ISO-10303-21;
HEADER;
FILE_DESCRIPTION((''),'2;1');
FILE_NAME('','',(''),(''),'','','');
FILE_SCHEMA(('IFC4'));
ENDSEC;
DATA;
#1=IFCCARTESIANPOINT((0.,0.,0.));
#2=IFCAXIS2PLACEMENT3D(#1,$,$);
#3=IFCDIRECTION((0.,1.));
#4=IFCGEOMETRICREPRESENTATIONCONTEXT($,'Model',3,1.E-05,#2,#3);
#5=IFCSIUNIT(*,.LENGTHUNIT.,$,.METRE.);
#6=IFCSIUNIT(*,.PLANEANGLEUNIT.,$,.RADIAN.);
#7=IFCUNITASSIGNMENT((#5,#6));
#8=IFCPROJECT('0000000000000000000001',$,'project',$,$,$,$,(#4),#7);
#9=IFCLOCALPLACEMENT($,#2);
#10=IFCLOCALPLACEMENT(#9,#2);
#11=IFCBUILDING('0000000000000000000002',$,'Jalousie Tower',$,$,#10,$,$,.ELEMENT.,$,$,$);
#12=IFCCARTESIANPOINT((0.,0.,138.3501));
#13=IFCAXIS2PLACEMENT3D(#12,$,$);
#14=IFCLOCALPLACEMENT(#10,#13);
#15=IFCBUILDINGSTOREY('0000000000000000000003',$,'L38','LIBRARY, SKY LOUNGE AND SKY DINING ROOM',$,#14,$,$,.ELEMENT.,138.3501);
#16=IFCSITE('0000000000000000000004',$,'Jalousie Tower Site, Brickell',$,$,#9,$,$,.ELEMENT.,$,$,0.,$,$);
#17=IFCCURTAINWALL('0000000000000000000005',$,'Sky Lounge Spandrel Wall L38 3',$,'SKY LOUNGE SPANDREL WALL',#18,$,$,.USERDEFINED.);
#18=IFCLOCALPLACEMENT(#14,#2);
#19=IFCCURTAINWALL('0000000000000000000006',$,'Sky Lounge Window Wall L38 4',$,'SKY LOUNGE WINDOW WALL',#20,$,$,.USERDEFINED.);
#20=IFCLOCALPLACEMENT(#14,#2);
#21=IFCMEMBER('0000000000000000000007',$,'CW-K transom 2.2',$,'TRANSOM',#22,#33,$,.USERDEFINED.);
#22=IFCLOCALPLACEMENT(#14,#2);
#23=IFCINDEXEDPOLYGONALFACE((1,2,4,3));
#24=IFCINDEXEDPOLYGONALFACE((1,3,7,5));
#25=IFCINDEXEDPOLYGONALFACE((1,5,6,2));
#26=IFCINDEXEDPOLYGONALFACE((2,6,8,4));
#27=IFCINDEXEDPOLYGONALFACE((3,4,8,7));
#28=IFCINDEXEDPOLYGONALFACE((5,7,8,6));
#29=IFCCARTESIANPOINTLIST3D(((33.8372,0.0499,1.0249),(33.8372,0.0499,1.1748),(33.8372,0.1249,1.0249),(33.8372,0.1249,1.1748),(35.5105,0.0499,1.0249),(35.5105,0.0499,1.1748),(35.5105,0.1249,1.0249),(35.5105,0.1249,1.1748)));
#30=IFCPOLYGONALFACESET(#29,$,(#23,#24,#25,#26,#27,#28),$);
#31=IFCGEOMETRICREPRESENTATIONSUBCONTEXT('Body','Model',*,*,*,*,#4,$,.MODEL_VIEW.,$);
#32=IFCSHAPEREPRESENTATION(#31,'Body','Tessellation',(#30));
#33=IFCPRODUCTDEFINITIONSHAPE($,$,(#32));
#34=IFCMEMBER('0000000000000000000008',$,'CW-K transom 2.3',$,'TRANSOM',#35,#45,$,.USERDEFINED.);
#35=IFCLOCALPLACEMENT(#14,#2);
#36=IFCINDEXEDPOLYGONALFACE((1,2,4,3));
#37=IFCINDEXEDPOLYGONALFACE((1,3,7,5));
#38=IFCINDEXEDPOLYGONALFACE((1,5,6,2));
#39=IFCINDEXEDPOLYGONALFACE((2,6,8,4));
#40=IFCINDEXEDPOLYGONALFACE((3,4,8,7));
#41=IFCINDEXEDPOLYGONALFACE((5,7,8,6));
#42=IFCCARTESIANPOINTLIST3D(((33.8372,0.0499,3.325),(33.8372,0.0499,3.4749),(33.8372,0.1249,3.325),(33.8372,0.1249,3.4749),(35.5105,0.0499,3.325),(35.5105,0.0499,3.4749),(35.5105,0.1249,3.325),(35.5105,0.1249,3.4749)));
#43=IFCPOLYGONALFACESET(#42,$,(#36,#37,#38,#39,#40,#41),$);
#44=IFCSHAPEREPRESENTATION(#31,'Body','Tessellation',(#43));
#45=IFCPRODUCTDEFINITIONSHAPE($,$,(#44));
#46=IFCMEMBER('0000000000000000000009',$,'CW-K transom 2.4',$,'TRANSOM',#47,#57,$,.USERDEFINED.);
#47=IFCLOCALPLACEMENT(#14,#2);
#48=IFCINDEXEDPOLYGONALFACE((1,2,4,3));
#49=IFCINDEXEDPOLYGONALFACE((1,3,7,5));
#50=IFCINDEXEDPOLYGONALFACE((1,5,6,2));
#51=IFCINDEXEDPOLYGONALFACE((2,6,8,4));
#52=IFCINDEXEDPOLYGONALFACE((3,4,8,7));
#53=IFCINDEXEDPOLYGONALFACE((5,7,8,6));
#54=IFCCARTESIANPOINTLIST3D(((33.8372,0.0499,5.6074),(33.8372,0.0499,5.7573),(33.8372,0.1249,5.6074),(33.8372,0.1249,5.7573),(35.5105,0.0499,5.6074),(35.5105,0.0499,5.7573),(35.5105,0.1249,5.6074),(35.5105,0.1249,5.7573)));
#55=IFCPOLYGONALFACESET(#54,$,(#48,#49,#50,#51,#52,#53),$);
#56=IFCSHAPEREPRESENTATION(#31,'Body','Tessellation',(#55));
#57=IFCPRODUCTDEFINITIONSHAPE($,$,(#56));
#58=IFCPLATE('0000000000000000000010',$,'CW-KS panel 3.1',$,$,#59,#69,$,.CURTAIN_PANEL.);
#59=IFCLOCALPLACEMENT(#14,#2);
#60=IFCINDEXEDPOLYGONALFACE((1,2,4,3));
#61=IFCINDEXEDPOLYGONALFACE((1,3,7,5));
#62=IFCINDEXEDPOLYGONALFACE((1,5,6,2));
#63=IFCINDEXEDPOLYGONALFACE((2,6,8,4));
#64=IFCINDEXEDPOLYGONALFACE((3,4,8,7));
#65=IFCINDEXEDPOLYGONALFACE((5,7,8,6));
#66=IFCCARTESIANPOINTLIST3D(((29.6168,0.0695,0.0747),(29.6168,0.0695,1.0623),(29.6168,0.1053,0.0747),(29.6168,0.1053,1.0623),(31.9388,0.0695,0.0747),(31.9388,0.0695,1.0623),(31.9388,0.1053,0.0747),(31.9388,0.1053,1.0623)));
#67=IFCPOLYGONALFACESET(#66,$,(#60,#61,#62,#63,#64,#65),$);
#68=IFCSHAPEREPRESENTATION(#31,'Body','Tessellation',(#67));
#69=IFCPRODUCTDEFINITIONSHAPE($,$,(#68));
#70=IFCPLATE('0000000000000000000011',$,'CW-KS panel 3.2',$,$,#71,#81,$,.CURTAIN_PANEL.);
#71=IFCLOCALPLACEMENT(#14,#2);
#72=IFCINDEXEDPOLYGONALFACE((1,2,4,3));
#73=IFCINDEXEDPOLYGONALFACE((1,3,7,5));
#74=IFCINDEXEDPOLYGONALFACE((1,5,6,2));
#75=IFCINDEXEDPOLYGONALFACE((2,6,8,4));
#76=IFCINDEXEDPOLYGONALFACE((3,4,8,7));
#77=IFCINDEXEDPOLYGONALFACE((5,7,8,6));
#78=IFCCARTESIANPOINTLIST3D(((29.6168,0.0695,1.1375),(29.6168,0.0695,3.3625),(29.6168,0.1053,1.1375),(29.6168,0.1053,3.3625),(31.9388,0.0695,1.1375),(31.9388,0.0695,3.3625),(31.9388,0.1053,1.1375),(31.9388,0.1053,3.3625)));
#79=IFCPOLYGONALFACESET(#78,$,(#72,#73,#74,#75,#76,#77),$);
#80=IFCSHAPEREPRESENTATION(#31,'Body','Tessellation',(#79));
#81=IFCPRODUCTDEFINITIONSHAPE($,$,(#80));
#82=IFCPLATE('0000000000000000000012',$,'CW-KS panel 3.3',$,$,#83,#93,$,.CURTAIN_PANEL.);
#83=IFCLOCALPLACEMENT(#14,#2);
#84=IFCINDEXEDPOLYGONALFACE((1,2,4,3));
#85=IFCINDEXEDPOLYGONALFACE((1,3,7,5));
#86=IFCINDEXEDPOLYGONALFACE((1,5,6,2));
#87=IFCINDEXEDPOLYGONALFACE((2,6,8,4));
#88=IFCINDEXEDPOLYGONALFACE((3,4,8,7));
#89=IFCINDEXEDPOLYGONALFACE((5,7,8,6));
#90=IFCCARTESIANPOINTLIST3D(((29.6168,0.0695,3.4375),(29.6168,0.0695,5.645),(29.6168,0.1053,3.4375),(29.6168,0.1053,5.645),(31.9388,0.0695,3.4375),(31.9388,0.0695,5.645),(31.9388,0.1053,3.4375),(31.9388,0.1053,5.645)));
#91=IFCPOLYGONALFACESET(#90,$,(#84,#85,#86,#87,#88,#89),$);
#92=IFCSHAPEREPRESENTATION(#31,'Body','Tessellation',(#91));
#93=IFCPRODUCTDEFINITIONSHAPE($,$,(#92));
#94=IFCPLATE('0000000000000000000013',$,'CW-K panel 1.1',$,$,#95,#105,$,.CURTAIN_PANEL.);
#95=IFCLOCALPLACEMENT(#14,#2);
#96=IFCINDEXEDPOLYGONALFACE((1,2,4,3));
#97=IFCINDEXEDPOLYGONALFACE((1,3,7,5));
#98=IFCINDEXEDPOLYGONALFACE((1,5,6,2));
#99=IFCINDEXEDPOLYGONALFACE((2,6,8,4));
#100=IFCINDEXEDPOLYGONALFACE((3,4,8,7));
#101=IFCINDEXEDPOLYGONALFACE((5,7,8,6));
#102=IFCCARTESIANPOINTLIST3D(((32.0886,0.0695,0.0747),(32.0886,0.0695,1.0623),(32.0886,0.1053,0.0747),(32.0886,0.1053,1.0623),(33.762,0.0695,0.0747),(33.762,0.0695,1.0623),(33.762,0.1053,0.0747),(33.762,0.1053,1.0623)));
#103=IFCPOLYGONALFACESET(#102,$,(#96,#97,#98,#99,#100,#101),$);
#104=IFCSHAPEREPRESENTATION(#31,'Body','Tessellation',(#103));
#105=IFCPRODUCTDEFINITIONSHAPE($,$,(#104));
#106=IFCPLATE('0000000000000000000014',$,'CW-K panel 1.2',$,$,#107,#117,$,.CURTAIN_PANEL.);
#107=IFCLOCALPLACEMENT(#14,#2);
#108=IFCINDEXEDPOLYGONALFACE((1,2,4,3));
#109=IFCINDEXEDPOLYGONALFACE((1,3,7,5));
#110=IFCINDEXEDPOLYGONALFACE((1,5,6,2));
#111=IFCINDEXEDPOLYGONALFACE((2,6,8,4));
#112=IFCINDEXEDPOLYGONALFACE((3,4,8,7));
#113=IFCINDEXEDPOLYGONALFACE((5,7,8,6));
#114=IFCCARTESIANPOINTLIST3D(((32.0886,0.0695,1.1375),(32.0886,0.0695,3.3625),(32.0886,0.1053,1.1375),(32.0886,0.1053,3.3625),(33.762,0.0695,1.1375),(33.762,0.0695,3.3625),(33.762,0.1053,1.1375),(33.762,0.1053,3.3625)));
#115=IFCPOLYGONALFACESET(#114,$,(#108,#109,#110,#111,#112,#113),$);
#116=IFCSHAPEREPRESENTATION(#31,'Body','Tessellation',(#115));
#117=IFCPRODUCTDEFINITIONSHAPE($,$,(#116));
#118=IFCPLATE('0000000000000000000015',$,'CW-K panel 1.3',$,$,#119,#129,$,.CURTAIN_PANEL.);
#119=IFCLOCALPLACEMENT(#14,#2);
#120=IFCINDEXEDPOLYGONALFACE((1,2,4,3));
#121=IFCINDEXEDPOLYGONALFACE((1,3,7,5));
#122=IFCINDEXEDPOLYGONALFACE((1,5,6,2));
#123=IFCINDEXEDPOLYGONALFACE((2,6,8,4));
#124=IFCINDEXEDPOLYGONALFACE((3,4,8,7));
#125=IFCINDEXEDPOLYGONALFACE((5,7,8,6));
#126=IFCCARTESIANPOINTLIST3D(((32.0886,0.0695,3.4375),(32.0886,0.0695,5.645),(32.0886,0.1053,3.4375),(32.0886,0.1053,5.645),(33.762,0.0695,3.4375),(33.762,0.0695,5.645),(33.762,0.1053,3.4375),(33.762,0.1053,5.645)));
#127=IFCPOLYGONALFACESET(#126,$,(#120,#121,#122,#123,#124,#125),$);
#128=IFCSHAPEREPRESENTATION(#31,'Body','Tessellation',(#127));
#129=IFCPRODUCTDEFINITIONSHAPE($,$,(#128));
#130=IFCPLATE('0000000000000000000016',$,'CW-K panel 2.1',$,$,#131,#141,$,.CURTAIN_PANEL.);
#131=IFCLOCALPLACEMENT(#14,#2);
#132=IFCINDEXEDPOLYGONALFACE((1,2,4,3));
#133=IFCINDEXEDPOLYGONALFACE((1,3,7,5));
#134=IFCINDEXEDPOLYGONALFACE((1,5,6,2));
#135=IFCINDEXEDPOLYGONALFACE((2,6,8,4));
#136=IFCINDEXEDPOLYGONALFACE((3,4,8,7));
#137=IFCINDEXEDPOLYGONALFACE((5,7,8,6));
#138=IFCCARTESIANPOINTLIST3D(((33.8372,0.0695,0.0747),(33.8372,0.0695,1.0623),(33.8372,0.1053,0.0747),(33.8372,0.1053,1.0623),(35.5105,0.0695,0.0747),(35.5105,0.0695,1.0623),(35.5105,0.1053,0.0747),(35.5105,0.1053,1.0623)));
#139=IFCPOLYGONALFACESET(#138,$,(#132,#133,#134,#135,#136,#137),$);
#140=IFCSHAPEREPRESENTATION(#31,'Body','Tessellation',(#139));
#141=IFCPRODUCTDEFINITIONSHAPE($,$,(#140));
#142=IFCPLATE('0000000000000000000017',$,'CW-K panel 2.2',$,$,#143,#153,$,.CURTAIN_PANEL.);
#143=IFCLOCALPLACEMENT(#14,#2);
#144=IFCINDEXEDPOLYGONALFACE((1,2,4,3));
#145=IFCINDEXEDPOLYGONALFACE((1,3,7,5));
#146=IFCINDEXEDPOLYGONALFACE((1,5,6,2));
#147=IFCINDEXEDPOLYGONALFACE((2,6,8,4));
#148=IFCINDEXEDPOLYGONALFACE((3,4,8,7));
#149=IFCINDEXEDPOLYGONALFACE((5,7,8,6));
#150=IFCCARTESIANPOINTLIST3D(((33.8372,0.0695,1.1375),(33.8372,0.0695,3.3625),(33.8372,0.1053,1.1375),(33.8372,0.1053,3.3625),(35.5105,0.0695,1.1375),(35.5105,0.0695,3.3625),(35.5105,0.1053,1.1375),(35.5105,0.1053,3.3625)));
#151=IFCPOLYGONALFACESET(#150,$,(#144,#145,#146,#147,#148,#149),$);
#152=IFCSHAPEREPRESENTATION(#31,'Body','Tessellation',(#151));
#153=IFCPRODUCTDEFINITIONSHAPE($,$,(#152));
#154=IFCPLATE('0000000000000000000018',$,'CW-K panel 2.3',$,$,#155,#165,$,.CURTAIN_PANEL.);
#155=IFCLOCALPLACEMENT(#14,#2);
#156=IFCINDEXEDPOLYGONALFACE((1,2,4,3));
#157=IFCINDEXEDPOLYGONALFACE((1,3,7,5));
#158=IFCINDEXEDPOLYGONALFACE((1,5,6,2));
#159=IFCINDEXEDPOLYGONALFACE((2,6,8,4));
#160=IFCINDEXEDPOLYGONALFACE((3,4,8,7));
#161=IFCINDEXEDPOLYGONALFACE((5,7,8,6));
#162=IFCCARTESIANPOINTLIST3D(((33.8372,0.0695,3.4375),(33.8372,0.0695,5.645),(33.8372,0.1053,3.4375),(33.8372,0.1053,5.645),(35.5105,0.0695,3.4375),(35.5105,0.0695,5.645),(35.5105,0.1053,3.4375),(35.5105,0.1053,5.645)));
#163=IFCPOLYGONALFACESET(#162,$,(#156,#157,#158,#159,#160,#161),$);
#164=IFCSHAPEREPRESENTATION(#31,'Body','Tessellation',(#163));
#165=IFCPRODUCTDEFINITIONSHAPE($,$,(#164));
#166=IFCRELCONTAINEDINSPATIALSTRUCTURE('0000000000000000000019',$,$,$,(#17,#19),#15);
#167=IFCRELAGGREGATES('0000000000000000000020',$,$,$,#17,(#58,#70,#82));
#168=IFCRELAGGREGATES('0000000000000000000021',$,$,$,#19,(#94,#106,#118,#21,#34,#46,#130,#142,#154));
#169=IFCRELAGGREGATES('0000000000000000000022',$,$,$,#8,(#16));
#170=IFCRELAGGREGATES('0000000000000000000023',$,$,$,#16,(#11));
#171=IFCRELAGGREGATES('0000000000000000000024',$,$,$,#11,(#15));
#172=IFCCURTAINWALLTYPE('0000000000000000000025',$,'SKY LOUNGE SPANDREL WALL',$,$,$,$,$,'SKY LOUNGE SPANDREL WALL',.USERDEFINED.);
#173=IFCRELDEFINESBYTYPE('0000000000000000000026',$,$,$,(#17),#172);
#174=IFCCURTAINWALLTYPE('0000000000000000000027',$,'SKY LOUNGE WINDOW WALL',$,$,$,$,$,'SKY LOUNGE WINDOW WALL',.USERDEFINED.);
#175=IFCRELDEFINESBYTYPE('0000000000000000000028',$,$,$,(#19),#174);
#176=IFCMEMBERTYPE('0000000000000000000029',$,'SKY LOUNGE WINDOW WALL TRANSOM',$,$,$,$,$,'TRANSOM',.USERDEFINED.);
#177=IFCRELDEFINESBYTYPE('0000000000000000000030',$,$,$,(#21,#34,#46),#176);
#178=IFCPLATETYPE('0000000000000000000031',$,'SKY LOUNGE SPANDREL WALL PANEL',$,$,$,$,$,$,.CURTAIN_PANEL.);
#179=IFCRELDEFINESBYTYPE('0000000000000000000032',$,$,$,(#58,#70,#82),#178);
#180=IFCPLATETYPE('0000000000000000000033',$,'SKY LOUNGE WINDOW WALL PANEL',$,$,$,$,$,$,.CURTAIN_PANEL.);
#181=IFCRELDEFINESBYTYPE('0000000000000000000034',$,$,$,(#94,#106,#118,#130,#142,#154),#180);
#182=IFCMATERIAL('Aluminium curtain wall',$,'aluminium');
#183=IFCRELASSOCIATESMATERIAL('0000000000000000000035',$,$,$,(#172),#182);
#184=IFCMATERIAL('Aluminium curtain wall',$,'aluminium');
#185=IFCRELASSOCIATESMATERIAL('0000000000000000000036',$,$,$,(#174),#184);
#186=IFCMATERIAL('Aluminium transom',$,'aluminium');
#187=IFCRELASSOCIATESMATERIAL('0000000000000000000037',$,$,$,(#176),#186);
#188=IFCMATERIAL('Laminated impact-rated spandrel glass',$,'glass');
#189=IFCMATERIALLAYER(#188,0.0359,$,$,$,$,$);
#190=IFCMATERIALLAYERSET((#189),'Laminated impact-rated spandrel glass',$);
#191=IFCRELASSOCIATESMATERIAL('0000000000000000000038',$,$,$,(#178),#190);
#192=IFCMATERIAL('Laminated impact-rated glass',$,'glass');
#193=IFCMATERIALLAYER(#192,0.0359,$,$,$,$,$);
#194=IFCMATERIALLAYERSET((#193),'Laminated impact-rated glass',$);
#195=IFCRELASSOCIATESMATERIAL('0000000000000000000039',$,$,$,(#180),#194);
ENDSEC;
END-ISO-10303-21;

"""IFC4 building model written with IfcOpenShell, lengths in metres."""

from ifc_helpers import new_model, si_unit, direction, frame, origin, origin_2d, place, context, subcontext, project, spatial, rectangle, extrude, material, layer, layer_set, material_profile, profile_set, type_object, element, aggregate, save


model = new_model("IFC4")

# Units and contexts
model_context = context("Model", 3, precision=1e-05, world=origin(), true_north=direction((0.0, 1.0)))
body_context = subcontext(model_context, "Body", "Model", "MODEL_VIEW")
ifc_project = project(units=[si_unit("LENGTHUNIT", "METRE"), si_unit("PLANEANGLEUNIT", "RADIAN")], contexts=[model_context])

# Site, building, storey
site_placement = place(None, origin())
site = spatial("IfcSite", under=ifc_project, at=site_placement, Name="Jalousie Tower Site, Brickell", CompositionType="ELEMENT", RefElevation=0.0)
building_placement = place(site_placement, origin())
building = spatial("IfcBuilding", under=site, at=building_placement, Name="Jalousie Tower", CompositionType="ELEMENT")
storey_placement = place(building_placement, frame((0.0, 0.0, 138.3501)))
storey = spatial("IfcBuildingStorey", under=building, at=storey_placement, Name="L38", Description="LIBRARY, SKY LOUNGE AND SKY DINING ROOM", CompositionType="ELEMENT", Elevation=138.3501)

# Curtain walls, members
ifc_material_1 = material(Name="Aluminium curtain wall", Category="aluminium")
curtain_wall_type_1 = type_object("IfcCurtainWallType", Name="SKY LOUNGE SPANDREL WALL", ElementType="SKY LOUNGE SPANDREL WALL", PredefinedType="USERDEFINED", material=ifc_material_1)
curtain_wall_1_placement = place(storey_placement, origin())
curtain_wall_1 = element("IfcCurtainWall", 1, at=curtain_wall_1_placement, inside=storey, type_object=curtain_wall_type_1, Name="Sky Lounge Spandrel Wall L38 3", ObjectType="SKY LOUNGE SPANDREL WALL", PredefinedType="USERDEFINED")
ifc_material_2 = material(Name="Aluminium curtain wall", Category="aluminium")
curtain_wall_type_2 = type_object("IfcCurtainWallType", Name="SKY LOUNGE WINDOW WALL", ElementType="SKY LOUNGE WINDOW WALL", PredefinedType="USERDEFINED", material=ifc_material_2)
curtain_wall_2_placement = place(storey_placement, origin())
curtain_wall_2 = element("IfcCurtainWall", 2, at=curtain_wall_2_placement, inside=storey, type_object=curtain_wall_type_2, Name="Sky Lounge Window Wall L38 4", ObjectType="SKY LOUNGE WINDOW WALL", PredefinedType="USERDEFINED")
ifc_material_3 = material(Name="Aluminium transom", Category="aluminium")
ifc_material_profile_1 = material_profile(ifc_material_3, rectangle(XDim=0.075, YDim=0.1499, at=origin_2d()), Name="TRANSOM 75x150")
ifc_profile_set_1 = profile_set([ifc_material_profile_1], Name="Aluminium transom")
member_type_1 = type_object("IfcMemberType", Name="SKY LOUNGE WINDOW WALL TRANSOM", ElementType="TRANSOM", PredefinedType="USERDEFINED", material=ifc_profile_set_1)
member_1_placement = place(storey_placement, frame((33.8372, 0.0874, 1.0999), z_axis=(1.0, 0.0, 0.0), x_axis=(0.0, 1.0, 0.0)))
member_1 = element("IfcMember", 3, at=member_1_placement, type_object=member_type_1, Name="CW-K transom 2.2", ObjectType="TRANSOM", PredefinedType="USERDEFINED", context=body_context, shape_type="SweptSolid", body=[
    extrude(rectangle(XDim=0.075, YDim=0.1499, at=origin_2d()), origin(), (0.0, 0.0, 1.0), 1.6733),
])
member_2_placement = place(storey_placement, frame((33.8372, 0.0874, 3.3999), z_axis=(1.0, 0.0, 0.0), x_axis=(0.0, 1.0, 0.0)))
member_2 = element("IfcMember", 4, at=member_2_placement, type_object=member_type_1, Name="CW-K transom 2.3", ObjectType="TRANSOM", PredefinedType="USERDEFINED", context=body_context, shape_type="SweptSolid", body=[
    extrude(rectangle(XDim=0.075, YDim=0.1499, at=origin_2d()), origin(), (0.0, 0.0, 1.0), 1.6733),
])
member_3_placement = place(storey_placement, frame((33.8372, 0.0874, 5.6824), z_axis=(1.0, 0.0, 0.0), x_axis=(0.0, 1.0, 0.0)))
member_3 = element("IfcMember", 5, at=member_3_placement, type_object=member_type_1, Name="CW-K transom 2.4", ObjectType="TRANSOM", PredefinedType="USERDEFINED", context=body_context, shape_type="SweptSolid", body=[
    extrude(rectangle(XDim=0.075, YDim=0.1499, at=origin_2d()), origin(), (0.0, 0.0, 1.0), 1.6733),
])

# Plates
ifc_material_4 = material(Name="Laminated impact-rated spandrel glass", Category="glass")
ifc_layer_1 = layer(ifc_material_4, 0.0359)
ifc_layer_set_1 = layer_set([ifc_layer_1], Name="Laminated impact-rated spandrel glass")
plate_type_1 = type_object("IfcPlateType", Name="SKY LOUNGE SPANDREL WALL PANEL", PredefinedType="CURTAIN_PANEL", material=ifc_layer_set_1)
plate_1_placement = place(storey_placement, frame((30.7778, 0.0874, 0.0747), z_axis=(0.0, 0.0, 1.0), x_axis=(1.0, 0.0, 0.0)))
plate_1 = element("IfcPlate", 6, at=plate_1_placement, type_object=plate_type_1, Name="CW-KS panel 3.1", PredefinedType="CURTAIN_PANEL", context=body_context, shape_type="SweptSolid", body=[
    extrude(rectangle(XDim=2.322, YDim=0.0359, at=origin_2d()), origin(), (0.0, 0.0, 1.0), 0.9875),
])
plate_2_placement = place(storey_placement, frame((30.7778, 0.0874, 1.1375), z_axis=(0.0, 0.0, 1.0), x_axis=(1.0, 0.0, 0.0)))
plate_2 = element("IfcPlate", 7, at=plate_2_placement, type_object=plate_type_1, Name="CW-KS panel 3.2", PredefinedType="CURTAIN_PANEL", context=body_context, shape_type="SweptSolid", body=[
    extrude(rectangle(XDim=2.322, YDim=0.0359, at=origin_2d()), origin(), (0.0, 0.0, 1.0), 2.2251),
])
plate_3_placement = place(storey_placement, frame((30.7778, 0.0874, 3.4375), z_axis=(0.0, 0.0, 1.0), x_axis=(1.0, 0.0, 0.0)))
plate_3 = element("IfcPlate", 8, at=plate_3_placement, type_object=plate_type_1, Name="CW-KS panel 3.3", PredefinedType="CURTAIN_PANEL", context=body_context, shape_type="SweptSolid", body=[
    extrude(rectangle(XDim=2.322, YDim=0.0359, at=origin_2d()), origin(), (0.0, 0.0, 1.0), 2.2075),
])
aggregate(curtain_wall_1, [plate_1, plate_2, plate_3])
ifc_material_5 = material(Name="Laminated impact-rated glass", Category="glass")
ifc_layer_2 = layer(ifc_material_5, 0.0359)
ifc_layer_set_2 = layer_set([ifc_layer_2], Name="Laminated impact-rated glass")
plate_type_2 = type_object("IfcPlateType", Name="SKY LOUNGE WINDOW WALL PANEL", PredefinedType="CURTAIN_PANEL", material=ifc_layer_set_2)
plate_4_placement = place(storey_placement, frame((32.9253, 0.0874, 0.0747), z_axis=(0.0, 0.0, 1.0), x_axis=(1.0, 0.0, 0.0)))
plate_4 = element("IfcPlate", 9, at=plate_4_placement, type_object=plate_type_2, Name="CW-K panel 1.1", PredefinedType="CURTAIN_PANEL", context=body_context, shape_type="SweptSolid", body=[
    extrude(rectangle(XDim=1.6733, YDim=0.0359, at=origin_2d()), origin(), (0.0, 0.0, 1.0), 0.9875),
])
plate_5_placement = place(storey_placement, frame((32.9253, 0.0874, 1.1375), z_axis=(0.0, 0.0, 1.0), x_axis=(1.0, 0.0, 0.0)))
plate_5 = element("IfcPlate", 10, at=plate_5_placement, type_object=plate_type_2, Name="CW-K panel 1.2", PredefinedType="CURTAIN_PANEL", context=body_context, shape_type="SweptSolid", body=[
    extrude(rectangle(XDim=1.6733, YDim=0.0359, at=origin_2d()), origin(), (0.0, 0.0, 1.0), 2.2251),
])
plate_6_placement = place(storey_placement, frame((32.9253, 0.0874, 3.4375), z_axis=(0.0, 0.0, 1.0), x_axis=(1.0, 0.0, 0.0)))
plate_6 = element("IfcPlate", 11, at=plate_6_placement, type_object=plate_type_2, Name="CW-K panel 1.3", PredefinedType="CURTAIN_PANEL", context=body_context, shape_type="SweptSolid", body=[
    extrude(rectangle(XDim=1.6733, YDim=0.0359, at=origin_2d()), origin(), (0.0, 0.0, 1.0), 2.2075),
])
plate_7_placement = place(storey_placement, frame((34.6738, 0.0874, 0.0747), z_axis=(0.0, 0.0, 1.0), x_axis=(1.0, 0.0, 0.0)))
plate_7 = element("IfcPlate", 12, at=plate_7_placement, type_object=plate_type_2, Name="CW-K panel 2.1", PredefinedType="CURTAIN_PANEL", context=body_context, shape_type="SweptSolid", body=[
    extrude(rectangle(XDim=1.6733, YDim=0.0359, at=origin_2d()), origin(), (0.0, 0.0, 1.0), 0.9875),
])
plate_8_placement = place(storey_placement, frame((34.6738, 0.0874, 1.1375), z_axis=(0.0, 0.0, 1.0), x_axis=(1.0, 0.0, 0.0)))
plate_8 = element("IfcPlate", 13, at=plate_8_placement, type_object=plate_type_2, Name="CW-K panel 2.2", PredefinedType="CURTAIN_PANEL", context=body_context, shape_type="SweptSolid", body=[
    extrude(rectangle(XDim=1.6733, YDim=0.0359, at=origin_2d()), origin(), (0.0, 0.0, 1.0), 2.2251),
])
plate_9_placement = place(storey_placement, frame((34.6738, 0.0874, 3.4375), z_axis=(0.0, 0.0, 1.0), x_axis=(1.0, 0.0, 0.0)))
plate_9 = element("IfcPlate", 14, at=plate_9_placement, type_object=plate_type_2, Name="CW-K panel 2.3", PredefinedType="CURTAIN_PANEL", context=body_context, shape_type="SweptSolid", body=[
    extrude(rectangle(XDim=1.6733, YDim=0.0359, at=origin_2d()), origin(), (0.0, 0.0, 1.0), 2.2075),
])
aggregate(curtain_wall_2, [plate_4, plate_5, plate_6, member_1, member_2, member_3, plate_7, plate_8, plate_9])

save(model, "model.ifc")
